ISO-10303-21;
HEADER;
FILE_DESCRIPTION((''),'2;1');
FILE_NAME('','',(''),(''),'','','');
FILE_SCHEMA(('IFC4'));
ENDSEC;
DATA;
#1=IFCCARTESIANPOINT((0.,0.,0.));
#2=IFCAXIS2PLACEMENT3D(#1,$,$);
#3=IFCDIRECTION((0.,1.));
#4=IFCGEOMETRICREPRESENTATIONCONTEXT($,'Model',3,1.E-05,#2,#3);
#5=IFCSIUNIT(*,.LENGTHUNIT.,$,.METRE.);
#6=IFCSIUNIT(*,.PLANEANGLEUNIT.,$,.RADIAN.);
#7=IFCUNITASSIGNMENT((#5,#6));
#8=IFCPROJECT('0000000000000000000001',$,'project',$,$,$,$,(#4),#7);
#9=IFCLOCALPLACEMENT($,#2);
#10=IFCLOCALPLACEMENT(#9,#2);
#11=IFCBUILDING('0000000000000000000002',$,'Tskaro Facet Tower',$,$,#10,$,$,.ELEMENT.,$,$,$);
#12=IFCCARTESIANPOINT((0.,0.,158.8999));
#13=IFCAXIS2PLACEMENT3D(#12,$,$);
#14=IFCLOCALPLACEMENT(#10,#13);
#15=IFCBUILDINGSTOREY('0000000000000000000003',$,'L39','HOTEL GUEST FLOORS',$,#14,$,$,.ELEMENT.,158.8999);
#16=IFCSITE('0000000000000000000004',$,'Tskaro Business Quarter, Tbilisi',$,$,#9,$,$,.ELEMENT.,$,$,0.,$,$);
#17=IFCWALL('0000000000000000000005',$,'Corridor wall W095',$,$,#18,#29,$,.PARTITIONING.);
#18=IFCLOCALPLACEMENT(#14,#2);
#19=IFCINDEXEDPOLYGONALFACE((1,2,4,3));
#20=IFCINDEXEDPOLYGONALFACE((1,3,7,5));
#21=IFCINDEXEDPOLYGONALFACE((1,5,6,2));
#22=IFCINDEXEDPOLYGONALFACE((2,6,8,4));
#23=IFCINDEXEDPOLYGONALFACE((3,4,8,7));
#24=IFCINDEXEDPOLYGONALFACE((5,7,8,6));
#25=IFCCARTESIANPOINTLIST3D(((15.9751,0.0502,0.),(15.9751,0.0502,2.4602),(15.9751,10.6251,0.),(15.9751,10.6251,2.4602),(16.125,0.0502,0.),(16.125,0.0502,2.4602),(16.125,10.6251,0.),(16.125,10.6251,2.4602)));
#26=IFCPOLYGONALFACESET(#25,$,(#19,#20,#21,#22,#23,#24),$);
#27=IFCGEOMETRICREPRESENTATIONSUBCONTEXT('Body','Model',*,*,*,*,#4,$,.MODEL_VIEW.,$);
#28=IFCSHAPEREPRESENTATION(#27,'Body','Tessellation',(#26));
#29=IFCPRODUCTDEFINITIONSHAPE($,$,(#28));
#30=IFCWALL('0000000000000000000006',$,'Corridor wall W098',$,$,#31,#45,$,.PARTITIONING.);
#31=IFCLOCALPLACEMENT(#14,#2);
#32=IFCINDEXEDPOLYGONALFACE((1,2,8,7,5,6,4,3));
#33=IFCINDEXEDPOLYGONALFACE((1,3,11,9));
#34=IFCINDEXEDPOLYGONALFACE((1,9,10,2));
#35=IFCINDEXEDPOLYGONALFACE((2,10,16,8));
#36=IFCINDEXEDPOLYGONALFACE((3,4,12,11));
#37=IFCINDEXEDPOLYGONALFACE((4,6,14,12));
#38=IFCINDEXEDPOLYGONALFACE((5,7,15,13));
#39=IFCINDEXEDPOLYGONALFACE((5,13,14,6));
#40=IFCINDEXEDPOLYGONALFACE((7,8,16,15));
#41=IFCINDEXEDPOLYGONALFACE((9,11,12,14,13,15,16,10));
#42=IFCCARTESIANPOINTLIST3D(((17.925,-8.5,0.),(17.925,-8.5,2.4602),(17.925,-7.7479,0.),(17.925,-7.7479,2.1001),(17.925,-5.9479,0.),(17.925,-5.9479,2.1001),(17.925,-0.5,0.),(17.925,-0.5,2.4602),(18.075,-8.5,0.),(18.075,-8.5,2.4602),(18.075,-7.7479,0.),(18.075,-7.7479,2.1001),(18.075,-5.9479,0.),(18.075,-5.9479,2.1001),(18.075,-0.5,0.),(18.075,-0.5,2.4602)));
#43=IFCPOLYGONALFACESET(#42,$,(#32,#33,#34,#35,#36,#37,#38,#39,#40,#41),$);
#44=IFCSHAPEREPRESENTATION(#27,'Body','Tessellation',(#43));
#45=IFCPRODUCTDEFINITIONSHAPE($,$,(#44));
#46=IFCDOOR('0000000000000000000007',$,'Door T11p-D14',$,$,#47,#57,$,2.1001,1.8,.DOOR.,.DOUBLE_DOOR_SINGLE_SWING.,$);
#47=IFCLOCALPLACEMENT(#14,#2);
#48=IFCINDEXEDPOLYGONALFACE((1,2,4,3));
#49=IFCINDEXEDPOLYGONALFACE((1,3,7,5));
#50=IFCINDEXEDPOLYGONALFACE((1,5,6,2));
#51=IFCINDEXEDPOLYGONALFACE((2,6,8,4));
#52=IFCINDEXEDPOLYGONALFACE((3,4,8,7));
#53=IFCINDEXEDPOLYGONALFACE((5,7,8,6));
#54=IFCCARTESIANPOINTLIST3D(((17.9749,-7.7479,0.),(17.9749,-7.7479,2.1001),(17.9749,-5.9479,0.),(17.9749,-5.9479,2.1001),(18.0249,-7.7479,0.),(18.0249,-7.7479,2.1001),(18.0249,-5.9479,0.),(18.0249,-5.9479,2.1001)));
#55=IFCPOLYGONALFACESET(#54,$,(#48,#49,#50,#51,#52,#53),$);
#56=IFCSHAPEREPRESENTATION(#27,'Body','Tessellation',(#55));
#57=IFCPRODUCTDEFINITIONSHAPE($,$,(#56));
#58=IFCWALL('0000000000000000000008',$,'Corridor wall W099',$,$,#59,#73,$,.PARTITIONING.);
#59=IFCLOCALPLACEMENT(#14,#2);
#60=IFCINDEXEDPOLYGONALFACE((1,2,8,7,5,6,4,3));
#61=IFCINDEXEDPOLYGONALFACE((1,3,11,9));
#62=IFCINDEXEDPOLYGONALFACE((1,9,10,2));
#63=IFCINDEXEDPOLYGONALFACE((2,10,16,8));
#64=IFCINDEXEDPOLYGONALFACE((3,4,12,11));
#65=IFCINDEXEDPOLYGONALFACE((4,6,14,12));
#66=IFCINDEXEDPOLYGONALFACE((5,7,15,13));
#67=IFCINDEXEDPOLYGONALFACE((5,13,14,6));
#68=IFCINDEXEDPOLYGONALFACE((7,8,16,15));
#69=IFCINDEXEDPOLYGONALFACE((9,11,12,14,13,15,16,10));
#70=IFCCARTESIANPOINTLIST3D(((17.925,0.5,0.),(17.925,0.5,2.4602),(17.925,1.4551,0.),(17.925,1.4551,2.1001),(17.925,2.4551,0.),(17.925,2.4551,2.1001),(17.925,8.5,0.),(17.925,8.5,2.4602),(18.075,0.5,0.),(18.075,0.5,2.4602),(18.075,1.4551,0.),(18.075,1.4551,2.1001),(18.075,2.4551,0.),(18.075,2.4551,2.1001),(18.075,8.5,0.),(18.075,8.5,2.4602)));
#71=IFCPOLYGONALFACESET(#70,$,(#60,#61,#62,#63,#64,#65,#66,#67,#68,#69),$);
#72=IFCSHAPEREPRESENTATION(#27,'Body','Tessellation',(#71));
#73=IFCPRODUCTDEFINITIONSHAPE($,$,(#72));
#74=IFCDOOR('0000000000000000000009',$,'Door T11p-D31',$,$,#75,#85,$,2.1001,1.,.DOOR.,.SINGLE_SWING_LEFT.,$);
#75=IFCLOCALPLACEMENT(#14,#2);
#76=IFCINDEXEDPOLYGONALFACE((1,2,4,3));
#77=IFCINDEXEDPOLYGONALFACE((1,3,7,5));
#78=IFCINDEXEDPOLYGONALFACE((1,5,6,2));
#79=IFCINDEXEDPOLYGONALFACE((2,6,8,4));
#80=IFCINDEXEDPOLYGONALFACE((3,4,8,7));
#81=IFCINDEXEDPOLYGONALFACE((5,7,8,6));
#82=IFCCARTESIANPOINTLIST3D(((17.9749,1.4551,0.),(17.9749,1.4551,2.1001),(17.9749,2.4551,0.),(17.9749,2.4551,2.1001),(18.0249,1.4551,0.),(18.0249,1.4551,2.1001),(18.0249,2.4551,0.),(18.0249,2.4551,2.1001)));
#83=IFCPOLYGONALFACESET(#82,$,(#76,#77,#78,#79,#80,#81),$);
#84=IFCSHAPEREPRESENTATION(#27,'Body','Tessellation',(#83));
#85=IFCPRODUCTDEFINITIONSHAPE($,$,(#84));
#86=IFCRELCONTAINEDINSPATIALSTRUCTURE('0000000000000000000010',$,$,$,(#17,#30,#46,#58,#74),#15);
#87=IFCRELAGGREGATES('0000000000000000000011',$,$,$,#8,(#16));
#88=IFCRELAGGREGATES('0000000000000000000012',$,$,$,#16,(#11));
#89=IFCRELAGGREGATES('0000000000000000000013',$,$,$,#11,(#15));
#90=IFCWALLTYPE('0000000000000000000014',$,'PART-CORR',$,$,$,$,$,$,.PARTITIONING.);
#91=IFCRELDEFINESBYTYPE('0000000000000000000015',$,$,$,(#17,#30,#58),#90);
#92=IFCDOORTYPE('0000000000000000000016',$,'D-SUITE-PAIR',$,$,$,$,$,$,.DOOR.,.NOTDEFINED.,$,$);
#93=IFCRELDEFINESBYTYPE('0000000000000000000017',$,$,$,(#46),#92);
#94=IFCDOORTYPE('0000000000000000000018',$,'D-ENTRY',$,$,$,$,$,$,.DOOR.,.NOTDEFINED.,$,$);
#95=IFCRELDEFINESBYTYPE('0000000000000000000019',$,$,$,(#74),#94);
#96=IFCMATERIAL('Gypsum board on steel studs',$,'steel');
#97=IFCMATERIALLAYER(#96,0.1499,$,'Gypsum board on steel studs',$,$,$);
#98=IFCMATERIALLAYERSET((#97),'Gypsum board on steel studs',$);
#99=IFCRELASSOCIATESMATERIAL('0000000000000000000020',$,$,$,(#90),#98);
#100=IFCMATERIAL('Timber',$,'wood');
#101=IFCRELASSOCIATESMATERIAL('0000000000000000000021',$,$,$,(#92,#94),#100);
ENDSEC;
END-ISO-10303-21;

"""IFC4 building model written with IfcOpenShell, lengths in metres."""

from ifc_helpers import new_model, si_unit, direction, frame, frame_2d, origin, place, context, subcontext, project, spatial, rectangle, extrude, material, layer, layer_set, type_object, element, fill, save


model = new_model("IFC4")

# Units and contexts
model_context = context("Model", 3, precision=1e-05, world=origin(), true_north=direction((0.0, 1.0)))
body_context = subcontext(model_context, "Body", "Model", "MODEL_VIEW")
ifc_project = project(units=[si_unit("LENGTHUNIT", "METRE"), si_unit("PLANEANGLEUNIT", "RADIAN")], contexts=[model_context])

# Site, building, storey
site_placement = place(None, origin())
site = spatial("IfcSite", under=ifc_project, at=site_placement, Name="Tskaro Business Quarter, Tbilisi", CompositionType="ELEMENT", RefElevation=0.0)
building_placement = place(site_placement, origin())
building = spatial("IfcBuilding", under=site, at=building_placement, Name="Tskaro Facet Tower", CompositionType="ELEMENT")
storey_placement = place(building_placement, frame((0.0, 0.0, 158.8999)))
storey = spatial("IfcBuildingStorey", under=building, at=storey_placement, Name="L39", Description="HOTEL GUEST FLOORS", CompositionType="ELEMENT", Elevation=158.8999)

# Shared definitions
ifc_material_1 = material(Name="Timber", Category="wood")

# Shared definitions
ifc_material_2 = material(Name="Gypsum board on steel studs", Category="steel")

# Shared definitions
ifc_layer_1 = layer(ifc_material_2, 0.1499, Name="Gypsum board on steel studs")
ifc_layer_set_1 = layer_set([ifc_layer_1], Name="Gypsum board on steel studs")
wall_type_1 = type_object("IfcWallType", Name="PART-CORR", PredefinedType="PARTITIONING", material=ifc_layer_set_1)

# Wall
wall_1_placement = place(storey_placement, frame((16.05, 0.05, 0.0), z_axis=(0.0, 0.0, 1.0), x_axis=(0.0, 1.0, 0.0)))
element("IfcWall", 1, at=wall_1_placement, inside=storey, type_object=wall_type_1, Name="Corridor wall W095", PredefinedType="PARTITIONING", context=body_context, shape_type="SweptSolid", body=[
    extrude(rectangle(XDim=10.575, YDim=0.1499, at=frame_2d((5.2876, 0.0))), origin(), (0.0, 0.0, 1.0), 2.4602),
])

# Walls, openings, doors
wall_2_placement = place(storey_placement, frame((18.0, -0.5, 0.0), z_axis=(0.0, 0.0, 1.0), x_axis=(0.0, -1.0, 0.0)))
wall_2 = element("IfcWall", 2, at=wall_2_placement, inside=storey, type_object=wall_type_1, Name="Corridor wall W098", PredefinedType="PARTITIONING", context=body_context, shape_type="SweptSolid", body=[
    extrude(rectangle(XDim=8.0, YDim=0.1499, at=frame_2d((4.0, 0.0))), origin(), (0.0, 0.0, 1.0), 2.4602),
])
opening_1_placement = place(wall_2_placement, frame((5.448, 0.0, 0.0)))
opening_1 = element("IfcOpeningElement", 3, at=opening_1_placement, cuts=wall_2, PredefinedType="OPENING", context=body_context, shape_type="SweptSolid", body=[
    extrude(rectangle(XDim=1.8, YDim=2.1001, at=frame_2d((0.8999, 1.05))), frame((0.0, 0.085, 0.0), z_axis=(0.0, -1.0, 0.0), x_axis=(1.0, 0.0, 0.0)), (0.0, 0.0, 1.0), 0.1699),
])
door_type_1 = type_object("IfcDoorType", Name="D-SUITE-PAIR", OperationType="NOTDEFINED", PredefinedType="DOOR", material=ifc_material_1)
door_1_placement = place(opening_1_placement, origin())
door_1 = element("IfcDoor", 4, at=door_1_placement, inside=storey, type_object=door_type_1, Name="Door T11p-D14", OperationType="DOUBLE_DOOR_SINGLE_SWING", OverallHeight=2.1001, OverallWidth=1.8, PredefinedType="DOOR", context=body_context, shape_type="SweptSolid", body=[
    extrude(rectangle(XDim=1.8, YDim=2.1001, at=frame_2d((0.8999, 1.05))), frame((0.0, 0.0249, 0.0), z_axis=(0.0, -1.0, 0.0), x_axis=(1.0, 0.0, 0.0)), (0.0, 0.0, 1.0), 0.05),
])
fill(opening_1, door_1)
wall_3_placement = place(storey_placement, frame((18.0, 8.5, 0.0), z_axis=(0.0, 0.0, 1.0), x_axis=(0.0, -1.0, 0.0)))
wall_3 = element("IfcWall", 5, at=wall_3_placement, inside=storey, type_object=wall_type_1, Name="Corridor wall W099", PredefinedType="PARTITIONING", context=body_context, shape_type="SweptSolid", body=[
    extrude(rectangle(XDim=8.0, YDim=0.1499, at=frame_2d((4.0, 0.0))), origin(), (0.0, 0.0, 1.0), 2.4602),
])
opening_2_placement = place(wall_3_placement, frame((6.0449, 0.0, 0.0)))
opening_2 = element("IfcOpeningElement", 6, at=opening_2_placement, cuts=wall_3, PredefinedType="OPENING", context=body_context, shape_type="SweptSolid", body=[
    extrude(rectangle(XDim=1.0, YDim=2.1001, at=frame_2d((0.5, 1.05))), frame((0.0, 0.085, 0.0), z_axis=(0.0, -1.0, 0.0), x_axis=(1.0, 0.0, 0.0)), (0.0, 0.0, 1.0), 0.1699),
])
door_type_2 = type_object("IfcDoorType", Name="D-ENTRY", OperationType="NOTDEFINED", PredefinedType="DOOR", material=ifc_material_1)
door_2_placement = place(opening_2_placement, origin())
door_2 = element("IfcDoor", 7, at=door_2_placement, inside=storey, type_object=door_type_2, Name="Door T11p-D31", OperationType="SINGLE_SWING_LEFT", OverallHeight=2.1001, OverallWidth=1.0, PredefinedType="DOOR", context=body_context, shape_type="SweptSolid", body=[
    extrude(rectangle(XDim=1.0, YDim=2.1001, at=frame_2d((0.5, 1.05))), frame((0.0, 0.0249, 0.0), z_axis=(0.0, -1.0, 0.0), x_axis=(1.0, 0.0, 0.0)), (0.0, 0.0, 1.0), 0.05),
])
fill(opening_2, door_2)

save(model, "model.ifc")
